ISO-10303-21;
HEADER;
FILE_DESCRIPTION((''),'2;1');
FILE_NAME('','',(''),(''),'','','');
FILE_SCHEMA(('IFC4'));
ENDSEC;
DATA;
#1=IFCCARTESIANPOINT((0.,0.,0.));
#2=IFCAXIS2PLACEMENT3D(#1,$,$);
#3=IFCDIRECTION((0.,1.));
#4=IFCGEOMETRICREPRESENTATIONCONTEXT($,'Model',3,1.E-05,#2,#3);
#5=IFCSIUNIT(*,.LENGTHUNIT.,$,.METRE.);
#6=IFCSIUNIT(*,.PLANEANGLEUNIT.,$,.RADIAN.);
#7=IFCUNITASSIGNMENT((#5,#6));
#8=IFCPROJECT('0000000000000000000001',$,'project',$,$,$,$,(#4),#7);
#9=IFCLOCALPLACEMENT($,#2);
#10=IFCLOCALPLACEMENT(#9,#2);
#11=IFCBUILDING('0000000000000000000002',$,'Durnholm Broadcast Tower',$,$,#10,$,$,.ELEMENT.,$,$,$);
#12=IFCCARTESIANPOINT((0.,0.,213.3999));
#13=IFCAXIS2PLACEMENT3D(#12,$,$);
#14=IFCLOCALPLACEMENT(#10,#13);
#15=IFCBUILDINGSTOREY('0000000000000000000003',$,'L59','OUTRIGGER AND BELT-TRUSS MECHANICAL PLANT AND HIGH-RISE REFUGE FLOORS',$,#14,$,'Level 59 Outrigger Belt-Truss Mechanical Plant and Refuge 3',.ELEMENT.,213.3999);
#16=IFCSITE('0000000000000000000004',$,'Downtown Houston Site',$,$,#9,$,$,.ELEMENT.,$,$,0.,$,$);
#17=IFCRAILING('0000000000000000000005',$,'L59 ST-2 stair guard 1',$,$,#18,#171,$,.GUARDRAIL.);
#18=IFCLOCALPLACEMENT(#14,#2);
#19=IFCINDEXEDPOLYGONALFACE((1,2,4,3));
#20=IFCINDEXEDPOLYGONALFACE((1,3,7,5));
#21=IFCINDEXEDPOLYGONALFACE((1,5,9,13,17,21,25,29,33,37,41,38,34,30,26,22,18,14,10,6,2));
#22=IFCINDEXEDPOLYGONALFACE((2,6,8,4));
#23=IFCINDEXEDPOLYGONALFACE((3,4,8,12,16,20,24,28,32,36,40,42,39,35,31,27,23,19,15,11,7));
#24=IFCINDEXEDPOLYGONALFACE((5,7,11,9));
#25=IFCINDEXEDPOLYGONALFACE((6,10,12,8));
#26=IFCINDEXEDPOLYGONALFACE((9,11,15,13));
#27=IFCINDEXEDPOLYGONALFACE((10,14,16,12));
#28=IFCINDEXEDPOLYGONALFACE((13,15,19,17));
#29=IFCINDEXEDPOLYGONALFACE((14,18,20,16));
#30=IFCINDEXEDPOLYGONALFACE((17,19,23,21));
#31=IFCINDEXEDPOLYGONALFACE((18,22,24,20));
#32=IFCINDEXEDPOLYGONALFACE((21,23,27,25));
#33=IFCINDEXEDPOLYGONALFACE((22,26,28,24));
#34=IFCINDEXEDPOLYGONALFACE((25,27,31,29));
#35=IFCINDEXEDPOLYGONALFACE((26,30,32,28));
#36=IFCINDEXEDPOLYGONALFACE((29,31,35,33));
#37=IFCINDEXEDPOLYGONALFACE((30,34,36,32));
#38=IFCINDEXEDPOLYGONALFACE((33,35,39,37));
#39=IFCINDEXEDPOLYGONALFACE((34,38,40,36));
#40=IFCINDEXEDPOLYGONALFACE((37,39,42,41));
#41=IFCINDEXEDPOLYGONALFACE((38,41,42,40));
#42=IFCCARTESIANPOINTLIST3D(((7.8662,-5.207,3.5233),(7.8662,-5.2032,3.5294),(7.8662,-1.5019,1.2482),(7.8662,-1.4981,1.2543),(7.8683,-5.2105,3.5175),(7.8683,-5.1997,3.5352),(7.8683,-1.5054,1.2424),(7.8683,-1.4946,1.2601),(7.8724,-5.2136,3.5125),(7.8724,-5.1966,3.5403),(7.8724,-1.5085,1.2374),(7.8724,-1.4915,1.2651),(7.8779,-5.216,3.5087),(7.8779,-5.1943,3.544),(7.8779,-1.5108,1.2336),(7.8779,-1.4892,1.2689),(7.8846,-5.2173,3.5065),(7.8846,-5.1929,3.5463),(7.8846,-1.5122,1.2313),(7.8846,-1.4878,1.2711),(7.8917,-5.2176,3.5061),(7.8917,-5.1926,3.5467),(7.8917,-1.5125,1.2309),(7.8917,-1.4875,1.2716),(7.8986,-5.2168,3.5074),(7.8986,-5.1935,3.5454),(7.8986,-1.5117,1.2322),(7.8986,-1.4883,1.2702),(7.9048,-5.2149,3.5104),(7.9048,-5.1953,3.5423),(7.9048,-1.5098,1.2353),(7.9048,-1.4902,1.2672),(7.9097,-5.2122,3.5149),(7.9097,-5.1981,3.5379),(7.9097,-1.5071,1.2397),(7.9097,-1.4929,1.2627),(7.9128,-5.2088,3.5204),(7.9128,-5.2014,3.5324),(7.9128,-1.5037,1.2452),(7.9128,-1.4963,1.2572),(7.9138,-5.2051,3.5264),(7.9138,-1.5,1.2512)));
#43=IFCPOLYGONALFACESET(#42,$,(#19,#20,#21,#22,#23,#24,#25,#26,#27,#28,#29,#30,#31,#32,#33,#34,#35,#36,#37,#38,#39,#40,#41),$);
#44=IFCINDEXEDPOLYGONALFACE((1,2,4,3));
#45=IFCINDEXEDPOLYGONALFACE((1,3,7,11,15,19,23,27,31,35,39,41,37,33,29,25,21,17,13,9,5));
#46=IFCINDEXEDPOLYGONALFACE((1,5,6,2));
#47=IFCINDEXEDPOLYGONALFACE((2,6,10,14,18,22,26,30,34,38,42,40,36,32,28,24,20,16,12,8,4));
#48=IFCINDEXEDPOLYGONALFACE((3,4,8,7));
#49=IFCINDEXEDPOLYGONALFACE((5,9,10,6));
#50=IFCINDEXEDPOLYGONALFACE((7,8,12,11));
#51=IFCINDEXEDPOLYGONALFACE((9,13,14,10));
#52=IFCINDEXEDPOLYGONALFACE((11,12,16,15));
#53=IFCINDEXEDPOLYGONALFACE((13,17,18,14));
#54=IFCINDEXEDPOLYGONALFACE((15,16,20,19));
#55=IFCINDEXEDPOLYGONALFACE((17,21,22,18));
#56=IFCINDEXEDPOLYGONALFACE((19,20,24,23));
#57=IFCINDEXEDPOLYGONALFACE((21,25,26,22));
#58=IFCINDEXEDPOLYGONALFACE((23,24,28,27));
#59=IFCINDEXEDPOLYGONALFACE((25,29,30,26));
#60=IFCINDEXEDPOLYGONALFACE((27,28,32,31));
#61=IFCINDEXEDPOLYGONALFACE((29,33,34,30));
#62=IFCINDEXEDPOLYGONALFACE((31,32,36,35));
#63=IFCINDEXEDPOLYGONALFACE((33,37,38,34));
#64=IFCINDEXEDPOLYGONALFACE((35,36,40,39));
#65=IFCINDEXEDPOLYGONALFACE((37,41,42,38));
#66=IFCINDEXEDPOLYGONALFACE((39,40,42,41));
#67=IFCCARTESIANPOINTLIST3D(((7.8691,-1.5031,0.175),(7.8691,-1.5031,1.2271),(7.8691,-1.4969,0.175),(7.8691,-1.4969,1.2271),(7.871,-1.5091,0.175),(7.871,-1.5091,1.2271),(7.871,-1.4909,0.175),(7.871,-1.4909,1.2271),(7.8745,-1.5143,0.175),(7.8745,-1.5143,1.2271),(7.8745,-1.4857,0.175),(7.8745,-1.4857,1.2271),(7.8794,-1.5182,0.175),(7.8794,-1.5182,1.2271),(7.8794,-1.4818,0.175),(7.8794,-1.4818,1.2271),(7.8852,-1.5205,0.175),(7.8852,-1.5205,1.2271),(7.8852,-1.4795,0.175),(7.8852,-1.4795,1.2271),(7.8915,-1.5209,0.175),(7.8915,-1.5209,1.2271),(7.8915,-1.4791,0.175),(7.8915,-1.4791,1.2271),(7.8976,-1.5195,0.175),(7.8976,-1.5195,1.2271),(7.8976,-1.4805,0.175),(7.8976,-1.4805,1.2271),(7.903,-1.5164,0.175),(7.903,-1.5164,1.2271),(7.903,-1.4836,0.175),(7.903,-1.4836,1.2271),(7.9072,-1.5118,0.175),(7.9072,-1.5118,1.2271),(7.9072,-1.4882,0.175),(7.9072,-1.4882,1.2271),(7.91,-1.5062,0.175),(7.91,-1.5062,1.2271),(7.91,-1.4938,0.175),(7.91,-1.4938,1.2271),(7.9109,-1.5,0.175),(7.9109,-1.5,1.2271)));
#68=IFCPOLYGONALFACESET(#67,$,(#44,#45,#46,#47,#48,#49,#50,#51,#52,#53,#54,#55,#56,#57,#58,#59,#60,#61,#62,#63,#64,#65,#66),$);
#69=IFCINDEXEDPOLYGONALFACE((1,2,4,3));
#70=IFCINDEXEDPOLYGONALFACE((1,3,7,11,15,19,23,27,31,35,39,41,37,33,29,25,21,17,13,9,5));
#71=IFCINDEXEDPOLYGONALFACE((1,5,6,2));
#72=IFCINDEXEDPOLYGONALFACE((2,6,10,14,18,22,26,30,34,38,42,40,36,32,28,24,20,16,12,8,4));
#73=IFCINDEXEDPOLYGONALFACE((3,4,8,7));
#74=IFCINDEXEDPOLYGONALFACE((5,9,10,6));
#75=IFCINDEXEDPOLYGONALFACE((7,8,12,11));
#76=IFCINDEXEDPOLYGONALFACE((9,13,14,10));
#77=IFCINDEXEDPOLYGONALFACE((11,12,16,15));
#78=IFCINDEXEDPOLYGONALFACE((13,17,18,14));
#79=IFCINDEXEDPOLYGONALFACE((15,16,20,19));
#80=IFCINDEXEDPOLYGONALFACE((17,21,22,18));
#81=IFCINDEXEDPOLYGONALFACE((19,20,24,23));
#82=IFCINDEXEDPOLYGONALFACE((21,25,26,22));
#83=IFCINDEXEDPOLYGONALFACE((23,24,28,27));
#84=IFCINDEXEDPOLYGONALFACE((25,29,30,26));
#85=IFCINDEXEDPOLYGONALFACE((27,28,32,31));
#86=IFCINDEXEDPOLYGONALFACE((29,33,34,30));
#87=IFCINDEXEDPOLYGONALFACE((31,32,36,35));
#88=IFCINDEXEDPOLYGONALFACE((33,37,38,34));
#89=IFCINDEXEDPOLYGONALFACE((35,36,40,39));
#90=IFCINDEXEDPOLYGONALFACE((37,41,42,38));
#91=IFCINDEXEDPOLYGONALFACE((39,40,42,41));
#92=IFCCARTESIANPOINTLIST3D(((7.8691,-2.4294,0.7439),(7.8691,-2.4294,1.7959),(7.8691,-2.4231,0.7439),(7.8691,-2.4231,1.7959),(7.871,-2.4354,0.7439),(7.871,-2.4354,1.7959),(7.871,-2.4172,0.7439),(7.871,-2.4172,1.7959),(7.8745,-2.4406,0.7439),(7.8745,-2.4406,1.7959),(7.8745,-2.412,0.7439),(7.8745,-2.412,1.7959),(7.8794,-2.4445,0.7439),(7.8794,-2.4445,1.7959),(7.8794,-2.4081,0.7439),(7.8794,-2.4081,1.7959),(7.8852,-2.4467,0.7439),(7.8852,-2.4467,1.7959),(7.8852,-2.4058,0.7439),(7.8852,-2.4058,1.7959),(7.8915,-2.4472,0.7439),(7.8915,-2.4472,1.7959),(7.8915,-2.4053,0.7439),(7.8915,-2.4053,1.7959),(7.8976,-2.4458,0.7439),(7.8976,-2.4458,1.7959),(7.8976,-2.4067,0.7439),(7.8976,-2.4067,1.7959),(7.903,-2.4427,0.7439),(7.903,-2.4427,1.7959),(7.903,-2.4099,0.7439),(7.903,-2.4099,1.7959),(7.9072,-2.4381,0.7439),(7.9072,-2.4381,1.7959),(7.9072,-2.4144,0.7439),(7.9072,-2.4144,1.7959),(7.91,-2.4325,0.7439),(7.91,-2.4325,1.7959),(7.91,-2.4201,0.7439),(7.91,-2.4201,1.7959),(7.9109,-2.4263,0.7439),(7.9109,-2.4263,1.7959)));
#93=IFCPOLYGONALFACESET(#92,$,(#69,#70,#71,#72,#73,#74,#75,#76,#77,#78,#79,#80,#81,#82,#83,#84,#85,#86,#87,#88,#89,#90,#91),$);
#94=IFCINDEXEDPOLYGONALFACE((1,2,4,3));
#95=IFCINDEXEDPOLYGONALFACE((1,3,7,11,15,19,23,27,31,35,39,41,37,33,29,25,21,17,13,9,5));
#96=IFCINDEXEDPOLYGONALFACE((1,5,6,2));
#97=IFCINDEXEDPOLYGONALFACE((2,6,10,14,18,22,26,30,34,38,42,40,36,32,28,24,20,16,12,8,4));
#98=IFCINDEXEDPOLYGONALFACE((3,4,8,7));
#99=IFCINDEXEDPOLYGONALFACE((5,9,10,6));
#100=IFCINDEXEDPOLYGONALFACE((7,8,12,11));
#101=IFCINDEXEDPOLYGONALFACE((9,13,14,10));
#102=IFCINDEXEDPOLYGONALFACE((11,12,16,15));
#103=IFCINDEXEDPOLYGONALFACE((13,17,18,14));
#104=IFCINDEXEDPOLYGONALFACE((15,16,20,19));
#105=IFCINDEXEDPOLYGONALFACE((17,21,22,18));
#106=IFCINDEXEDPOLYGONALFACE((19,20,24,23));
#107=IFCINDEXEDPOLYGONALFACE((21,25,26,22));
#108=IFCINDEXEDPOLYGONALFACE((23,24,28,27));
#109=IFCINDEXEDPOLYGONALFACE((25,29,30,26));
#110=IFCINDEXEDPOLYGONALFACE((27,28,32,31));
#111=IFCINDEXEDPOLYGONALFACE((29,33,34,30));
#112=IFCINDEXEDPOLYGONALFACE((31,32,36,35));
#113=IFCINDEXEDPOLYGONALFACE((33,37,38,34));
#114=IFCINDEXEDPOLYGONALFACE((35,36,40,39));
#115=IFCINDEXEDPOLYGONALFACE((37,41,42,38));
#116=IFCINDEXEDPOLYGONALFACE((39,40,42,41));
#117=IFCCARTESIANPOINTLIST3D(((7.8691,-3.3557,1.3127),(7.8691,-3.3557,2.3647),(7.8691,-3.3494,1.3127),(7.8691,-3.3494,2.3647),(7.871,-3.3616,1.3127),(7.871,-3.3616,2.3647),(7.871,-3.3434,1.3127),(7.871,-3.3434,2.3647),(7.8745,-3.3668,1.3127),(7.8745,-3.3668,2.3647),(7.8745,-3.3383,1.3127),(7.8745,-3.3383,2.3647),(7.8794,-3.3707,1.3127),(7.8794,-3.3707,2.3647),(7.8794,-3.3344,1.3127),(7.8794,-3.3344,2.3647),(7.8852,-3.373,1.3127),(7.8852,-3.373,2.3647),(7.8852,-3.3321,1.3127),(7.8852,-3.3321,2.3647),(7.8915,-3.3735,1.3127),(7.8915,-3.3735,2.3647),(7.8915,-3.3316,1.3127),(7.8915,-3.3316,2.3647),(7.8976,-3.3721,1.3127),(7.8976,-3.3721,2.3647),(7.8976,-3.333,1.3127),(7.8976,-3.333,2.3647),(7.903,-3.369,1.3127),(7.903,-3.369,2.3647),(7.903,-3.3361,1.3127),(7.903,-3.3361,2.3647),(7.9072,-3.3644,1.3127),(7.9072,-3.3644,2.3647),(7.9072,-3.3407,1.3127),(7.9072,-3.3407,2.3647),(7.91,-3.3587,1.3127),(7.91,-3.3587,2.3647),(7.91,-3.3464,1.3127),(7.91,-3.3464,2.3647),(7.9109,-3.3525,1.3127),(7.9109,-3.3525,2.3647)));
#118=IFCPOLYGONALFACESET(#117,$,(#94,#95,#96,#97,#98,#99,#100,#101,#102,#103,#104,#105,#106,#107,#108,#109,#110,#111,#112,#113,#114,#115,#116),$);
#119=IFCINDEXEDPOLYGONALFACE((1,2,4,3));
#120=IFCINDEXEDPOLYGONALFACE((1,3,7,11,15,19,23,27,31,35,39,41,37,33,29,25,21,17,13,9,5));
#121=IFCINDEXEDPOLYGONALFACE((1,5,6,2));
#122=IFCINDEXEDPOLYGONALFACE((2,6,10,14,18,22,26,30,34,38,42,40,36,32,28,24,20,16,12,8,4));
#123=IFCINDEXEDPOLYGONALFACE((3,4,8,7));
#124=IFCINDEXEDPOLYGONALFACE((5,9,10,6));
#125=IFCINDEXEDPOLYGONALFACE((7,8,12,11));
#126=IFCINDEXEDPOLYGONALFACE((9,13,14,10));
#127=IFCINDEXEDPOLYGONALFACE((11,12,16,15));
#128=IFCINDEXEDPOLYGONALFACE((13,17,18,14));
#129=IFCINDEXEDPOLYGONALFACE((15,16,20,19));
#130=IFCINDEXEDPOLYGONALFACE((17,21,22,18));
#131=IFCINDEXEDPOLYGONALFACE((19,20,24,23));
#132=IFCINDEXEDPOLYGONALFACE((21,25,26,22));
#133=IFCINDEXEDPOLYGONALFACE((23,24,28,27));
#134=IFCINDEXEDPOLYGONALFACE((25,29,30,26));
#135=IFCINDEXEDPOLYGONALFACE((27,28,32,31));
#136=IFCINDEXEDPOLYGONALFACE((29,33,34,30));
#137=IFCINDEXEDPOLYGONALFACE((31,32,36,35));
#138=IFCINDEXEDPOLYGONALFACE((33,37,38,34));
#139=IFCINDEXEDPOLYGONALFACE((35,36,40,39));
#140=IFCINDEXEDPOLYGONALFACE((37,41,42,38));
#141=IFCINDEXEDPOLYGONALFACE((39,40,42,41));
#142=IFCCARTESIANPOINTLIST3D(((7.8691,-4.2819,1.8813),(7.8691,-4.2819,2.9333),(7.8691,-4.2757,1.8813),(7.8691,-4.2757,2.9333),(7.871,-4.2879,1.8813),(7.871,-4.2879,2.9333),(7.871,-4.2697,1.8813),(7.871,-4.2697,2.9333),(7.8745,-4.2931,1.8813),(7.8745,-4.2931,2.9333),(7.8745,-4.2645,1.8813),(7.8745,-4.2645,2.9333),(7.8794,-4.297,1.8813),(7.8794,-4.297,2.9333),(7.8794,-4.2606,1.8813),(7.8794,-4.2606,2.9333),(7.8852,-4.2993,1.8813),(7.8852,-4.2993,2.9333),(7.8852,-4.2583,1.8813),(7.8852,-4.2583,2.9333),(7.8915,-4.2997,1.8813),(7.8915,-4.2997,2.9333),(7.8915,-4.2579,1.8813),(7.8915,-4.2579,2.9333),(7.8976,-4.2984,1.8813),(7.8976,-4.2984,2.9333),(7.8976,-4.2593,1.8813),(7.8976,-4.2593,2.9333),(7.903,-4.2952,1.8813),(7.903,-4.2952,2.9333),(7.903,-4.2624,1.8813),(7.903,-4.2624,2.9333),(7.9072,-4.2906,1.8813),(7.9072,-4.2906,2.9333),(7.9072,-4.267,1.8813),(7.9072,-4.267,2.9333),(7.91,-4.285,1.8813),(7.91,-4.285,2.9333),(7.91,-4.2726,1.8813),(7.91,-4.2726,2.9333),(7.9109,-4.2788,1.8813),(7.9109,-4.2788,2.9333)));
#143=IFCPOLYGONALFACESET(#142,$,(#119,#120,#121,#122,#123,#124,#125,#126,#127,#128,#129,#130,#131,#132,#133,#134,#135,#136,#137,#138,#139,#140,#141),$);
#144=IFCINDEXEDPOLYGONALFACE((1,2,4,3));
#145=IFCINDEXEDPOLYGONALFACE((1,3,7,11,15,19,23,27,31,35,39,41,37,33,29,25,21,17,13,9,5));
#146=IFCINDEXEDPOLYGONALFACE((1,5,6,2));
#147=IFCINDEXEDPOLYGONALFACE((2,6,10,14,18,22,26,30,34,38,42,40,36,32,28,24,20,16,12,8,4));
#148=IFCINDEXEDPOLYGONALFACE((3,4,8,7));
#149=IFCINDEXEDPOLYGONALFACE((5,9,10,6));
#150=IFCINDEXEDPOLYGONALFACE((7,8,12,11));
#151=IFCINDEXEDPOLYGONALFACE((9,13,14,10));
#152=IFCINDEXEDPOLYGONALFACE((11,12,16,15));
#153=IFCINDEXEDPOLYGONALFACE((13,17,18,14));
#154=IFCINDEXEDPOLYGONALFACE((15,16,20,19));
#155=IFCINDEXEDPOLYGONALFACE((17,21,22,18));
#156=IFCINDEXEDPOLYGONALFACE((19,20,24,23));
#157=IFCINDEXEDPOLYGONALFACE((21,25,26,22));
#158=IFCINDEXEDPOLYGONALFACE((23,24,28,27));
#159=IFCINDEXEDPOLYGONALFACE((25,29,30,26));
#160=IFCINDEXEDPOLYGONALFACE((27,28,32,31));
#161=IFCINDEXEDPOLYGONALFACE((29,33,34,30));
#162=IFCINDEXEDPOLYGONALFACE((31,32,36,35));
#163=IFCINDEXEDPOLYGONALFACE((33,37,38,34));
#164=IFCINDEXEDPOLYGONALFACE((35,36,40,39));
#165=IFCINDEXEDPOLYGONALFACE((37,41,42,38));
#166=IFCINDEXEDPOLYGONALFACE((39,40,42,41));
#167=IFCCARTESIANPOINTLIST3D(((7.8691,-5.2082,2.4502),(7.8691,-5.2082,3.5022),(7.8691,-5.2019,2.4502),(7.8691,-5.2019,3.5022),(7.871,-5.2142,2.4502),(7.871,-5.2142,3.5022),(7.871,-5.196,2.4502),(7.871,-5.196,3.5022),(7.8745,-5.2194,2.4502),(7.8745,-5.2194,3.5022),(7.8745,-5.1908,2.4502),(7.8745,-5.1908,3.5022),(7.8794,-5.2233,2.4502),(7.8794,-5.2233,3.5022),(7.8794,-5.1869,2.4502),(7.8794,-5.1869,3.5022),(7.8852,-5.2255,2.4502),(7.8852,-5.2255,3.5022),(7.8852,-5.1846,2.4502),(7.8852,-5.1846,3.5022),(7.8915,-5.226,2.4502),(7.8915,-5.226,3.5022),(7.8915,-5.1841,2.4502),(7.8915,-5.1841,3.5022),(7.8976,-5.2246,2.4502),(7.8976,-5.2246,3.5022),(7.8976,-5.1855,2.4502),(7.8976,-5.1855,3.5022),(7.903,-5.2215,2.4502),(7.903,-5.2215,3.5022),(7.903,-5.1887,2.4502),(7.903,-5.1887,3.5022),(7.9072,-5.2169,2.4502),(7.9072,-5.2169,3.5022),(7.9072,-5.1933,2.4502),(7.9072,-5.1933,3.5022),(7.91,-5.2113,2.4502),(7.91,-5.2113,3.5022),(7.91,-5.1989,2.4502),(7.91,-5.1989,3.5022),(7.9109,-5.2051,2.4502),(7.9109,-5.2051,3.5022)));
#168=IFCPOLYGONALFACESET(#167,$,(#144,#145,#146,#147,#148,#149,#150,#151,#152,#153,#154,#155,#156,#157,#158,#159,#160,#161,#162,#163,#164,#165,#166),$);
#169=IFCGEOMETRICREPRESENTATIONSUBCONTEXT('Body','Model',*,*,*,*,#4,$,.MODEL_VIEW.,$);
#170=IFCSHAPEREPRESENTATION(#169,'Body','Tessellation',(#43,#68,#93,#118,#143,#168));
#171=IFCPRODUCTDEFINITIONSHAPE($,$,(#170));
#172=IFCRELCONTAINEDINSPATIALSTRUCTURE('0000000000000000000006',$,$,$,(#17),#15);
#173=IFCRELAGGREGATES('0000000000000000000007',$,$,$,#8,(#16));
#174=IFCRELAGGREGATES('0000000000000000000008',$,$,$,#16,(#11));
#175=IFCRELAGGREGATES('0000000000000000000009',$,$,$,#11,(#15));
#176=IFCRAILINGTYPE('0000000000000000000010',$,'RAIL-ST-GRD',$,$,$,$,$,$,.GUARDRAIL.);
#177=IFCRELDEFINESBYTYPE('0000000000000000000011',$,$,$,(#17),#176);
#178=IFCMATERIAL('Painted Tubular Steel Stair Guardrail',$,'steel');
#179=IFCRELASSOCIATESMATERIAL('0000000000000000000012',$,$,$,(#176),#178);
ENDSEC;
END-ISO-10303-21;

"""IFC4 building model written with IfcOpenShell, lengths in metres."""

from ifc_helpers import new_model, si_unit, direction, frame, origin, origin_2d, place, context, subcontext, project, spatial, circle, extrude, material, type_object, element, save


model = new_model("IFC4")

# Units and contexts
model_context = context("Model", 3, precision=1e-05, world=origin(), true_north=direction((0.0, 1.0)))
body_context = subcontext(model_context, "Body", "Model", "MODEL_VIEW")
ifc_project = project(units=[si_unit("LENGTHUNIT", "METRE"), si_unit("PLANEANGLEUNIT", "RADIAN")], contexts=[model_context])

# Site, building, storey
site_placement = place(None, origin())
site = spatial("IfcSite", under=ifc_project, at=site_placement, Name="Downtown Houston Site", CompositionType="ELEMENT", RefElevation=0.0)
building_placement = place(site_placement, origin())
building = spatial("IfcBuilding", under=site, at=building_placement, Name="Durnholm Broadcast Tower", CompositionType="ELEMENT")
storey_placement = place(building_placement, frame((0.0, 0.0, 213.3999)))
storey = spatial("IfcBuildingStorey", under=building, at=storey_placement, Name="L59", Description="OUTRIGGER AND BELT-TRUSS MECHANICAL PLANT AND HIGH-RISE REFUGE FLOORS", LongName="Level 59 Outrigger Belt-Truss Mechanical Plant and Refuge 3", CompositionType="ELEMENT", Elevation=213.3999)

# Railing
ifc_material_1 = material(Name="Painted Tubular Steel Stair Guardrail", Category="steel")
railing_type_1 = type_object("IfcRailingType", Name="RAIL-ST-GRD", PredefinedType="GUARDRAIL", material=ifc_material_1)
railing_1_placement = place(storey_placement, frame((7.8899, -1.5, 0.175)))
element("IfcRailing", 1, at=railing_1_placement, inside=storey, type_object=railing_type_1, Name="L59 ST-2 stair guard 1", PredefinedType="GUARDRAIL", context=body_context, shape_type="SweptSolid", body=[
    extrude(circle(Radius=0.0239, at=origin_2d()), frame((0.0, 0.0, 1.0762), z_axis=(0.0, -0.852161, 0.523279), x_axis=(1.0, 0.0, 0.0)), (0.0, 0.0, 1.0), 4.3479),
    extrude(circle(Radius=0.021, at=origin_2d()), origin(), (0.0, 0.0, 1.0), 1.052),
    extrude(circle(Radius=0.021, at=origin_2d()), frame((0.0, -0.9263, 0.5688)), (0.0, 0.0, 1.0), 1.052),
    extrude(circle(Radius=0.021, at=origin_2d()), frame((0.0, -1.8525, 1.1377)), (0.0, 0.0, 1.0), 1.052),
    extrude(circle(Radius=0.021, at=origin_2d()), frame((0.0, -2.7788, 1.7063)), (0.0, 0.0, 1.0), 1.052),
    extrude(circle(Radius=0.021, at=origin_2d()), frame((0.0, -3.7051, 2.2751)), (0.0, 0.0, 1.0), 1.052),
])

save(model, "model.ifc")
